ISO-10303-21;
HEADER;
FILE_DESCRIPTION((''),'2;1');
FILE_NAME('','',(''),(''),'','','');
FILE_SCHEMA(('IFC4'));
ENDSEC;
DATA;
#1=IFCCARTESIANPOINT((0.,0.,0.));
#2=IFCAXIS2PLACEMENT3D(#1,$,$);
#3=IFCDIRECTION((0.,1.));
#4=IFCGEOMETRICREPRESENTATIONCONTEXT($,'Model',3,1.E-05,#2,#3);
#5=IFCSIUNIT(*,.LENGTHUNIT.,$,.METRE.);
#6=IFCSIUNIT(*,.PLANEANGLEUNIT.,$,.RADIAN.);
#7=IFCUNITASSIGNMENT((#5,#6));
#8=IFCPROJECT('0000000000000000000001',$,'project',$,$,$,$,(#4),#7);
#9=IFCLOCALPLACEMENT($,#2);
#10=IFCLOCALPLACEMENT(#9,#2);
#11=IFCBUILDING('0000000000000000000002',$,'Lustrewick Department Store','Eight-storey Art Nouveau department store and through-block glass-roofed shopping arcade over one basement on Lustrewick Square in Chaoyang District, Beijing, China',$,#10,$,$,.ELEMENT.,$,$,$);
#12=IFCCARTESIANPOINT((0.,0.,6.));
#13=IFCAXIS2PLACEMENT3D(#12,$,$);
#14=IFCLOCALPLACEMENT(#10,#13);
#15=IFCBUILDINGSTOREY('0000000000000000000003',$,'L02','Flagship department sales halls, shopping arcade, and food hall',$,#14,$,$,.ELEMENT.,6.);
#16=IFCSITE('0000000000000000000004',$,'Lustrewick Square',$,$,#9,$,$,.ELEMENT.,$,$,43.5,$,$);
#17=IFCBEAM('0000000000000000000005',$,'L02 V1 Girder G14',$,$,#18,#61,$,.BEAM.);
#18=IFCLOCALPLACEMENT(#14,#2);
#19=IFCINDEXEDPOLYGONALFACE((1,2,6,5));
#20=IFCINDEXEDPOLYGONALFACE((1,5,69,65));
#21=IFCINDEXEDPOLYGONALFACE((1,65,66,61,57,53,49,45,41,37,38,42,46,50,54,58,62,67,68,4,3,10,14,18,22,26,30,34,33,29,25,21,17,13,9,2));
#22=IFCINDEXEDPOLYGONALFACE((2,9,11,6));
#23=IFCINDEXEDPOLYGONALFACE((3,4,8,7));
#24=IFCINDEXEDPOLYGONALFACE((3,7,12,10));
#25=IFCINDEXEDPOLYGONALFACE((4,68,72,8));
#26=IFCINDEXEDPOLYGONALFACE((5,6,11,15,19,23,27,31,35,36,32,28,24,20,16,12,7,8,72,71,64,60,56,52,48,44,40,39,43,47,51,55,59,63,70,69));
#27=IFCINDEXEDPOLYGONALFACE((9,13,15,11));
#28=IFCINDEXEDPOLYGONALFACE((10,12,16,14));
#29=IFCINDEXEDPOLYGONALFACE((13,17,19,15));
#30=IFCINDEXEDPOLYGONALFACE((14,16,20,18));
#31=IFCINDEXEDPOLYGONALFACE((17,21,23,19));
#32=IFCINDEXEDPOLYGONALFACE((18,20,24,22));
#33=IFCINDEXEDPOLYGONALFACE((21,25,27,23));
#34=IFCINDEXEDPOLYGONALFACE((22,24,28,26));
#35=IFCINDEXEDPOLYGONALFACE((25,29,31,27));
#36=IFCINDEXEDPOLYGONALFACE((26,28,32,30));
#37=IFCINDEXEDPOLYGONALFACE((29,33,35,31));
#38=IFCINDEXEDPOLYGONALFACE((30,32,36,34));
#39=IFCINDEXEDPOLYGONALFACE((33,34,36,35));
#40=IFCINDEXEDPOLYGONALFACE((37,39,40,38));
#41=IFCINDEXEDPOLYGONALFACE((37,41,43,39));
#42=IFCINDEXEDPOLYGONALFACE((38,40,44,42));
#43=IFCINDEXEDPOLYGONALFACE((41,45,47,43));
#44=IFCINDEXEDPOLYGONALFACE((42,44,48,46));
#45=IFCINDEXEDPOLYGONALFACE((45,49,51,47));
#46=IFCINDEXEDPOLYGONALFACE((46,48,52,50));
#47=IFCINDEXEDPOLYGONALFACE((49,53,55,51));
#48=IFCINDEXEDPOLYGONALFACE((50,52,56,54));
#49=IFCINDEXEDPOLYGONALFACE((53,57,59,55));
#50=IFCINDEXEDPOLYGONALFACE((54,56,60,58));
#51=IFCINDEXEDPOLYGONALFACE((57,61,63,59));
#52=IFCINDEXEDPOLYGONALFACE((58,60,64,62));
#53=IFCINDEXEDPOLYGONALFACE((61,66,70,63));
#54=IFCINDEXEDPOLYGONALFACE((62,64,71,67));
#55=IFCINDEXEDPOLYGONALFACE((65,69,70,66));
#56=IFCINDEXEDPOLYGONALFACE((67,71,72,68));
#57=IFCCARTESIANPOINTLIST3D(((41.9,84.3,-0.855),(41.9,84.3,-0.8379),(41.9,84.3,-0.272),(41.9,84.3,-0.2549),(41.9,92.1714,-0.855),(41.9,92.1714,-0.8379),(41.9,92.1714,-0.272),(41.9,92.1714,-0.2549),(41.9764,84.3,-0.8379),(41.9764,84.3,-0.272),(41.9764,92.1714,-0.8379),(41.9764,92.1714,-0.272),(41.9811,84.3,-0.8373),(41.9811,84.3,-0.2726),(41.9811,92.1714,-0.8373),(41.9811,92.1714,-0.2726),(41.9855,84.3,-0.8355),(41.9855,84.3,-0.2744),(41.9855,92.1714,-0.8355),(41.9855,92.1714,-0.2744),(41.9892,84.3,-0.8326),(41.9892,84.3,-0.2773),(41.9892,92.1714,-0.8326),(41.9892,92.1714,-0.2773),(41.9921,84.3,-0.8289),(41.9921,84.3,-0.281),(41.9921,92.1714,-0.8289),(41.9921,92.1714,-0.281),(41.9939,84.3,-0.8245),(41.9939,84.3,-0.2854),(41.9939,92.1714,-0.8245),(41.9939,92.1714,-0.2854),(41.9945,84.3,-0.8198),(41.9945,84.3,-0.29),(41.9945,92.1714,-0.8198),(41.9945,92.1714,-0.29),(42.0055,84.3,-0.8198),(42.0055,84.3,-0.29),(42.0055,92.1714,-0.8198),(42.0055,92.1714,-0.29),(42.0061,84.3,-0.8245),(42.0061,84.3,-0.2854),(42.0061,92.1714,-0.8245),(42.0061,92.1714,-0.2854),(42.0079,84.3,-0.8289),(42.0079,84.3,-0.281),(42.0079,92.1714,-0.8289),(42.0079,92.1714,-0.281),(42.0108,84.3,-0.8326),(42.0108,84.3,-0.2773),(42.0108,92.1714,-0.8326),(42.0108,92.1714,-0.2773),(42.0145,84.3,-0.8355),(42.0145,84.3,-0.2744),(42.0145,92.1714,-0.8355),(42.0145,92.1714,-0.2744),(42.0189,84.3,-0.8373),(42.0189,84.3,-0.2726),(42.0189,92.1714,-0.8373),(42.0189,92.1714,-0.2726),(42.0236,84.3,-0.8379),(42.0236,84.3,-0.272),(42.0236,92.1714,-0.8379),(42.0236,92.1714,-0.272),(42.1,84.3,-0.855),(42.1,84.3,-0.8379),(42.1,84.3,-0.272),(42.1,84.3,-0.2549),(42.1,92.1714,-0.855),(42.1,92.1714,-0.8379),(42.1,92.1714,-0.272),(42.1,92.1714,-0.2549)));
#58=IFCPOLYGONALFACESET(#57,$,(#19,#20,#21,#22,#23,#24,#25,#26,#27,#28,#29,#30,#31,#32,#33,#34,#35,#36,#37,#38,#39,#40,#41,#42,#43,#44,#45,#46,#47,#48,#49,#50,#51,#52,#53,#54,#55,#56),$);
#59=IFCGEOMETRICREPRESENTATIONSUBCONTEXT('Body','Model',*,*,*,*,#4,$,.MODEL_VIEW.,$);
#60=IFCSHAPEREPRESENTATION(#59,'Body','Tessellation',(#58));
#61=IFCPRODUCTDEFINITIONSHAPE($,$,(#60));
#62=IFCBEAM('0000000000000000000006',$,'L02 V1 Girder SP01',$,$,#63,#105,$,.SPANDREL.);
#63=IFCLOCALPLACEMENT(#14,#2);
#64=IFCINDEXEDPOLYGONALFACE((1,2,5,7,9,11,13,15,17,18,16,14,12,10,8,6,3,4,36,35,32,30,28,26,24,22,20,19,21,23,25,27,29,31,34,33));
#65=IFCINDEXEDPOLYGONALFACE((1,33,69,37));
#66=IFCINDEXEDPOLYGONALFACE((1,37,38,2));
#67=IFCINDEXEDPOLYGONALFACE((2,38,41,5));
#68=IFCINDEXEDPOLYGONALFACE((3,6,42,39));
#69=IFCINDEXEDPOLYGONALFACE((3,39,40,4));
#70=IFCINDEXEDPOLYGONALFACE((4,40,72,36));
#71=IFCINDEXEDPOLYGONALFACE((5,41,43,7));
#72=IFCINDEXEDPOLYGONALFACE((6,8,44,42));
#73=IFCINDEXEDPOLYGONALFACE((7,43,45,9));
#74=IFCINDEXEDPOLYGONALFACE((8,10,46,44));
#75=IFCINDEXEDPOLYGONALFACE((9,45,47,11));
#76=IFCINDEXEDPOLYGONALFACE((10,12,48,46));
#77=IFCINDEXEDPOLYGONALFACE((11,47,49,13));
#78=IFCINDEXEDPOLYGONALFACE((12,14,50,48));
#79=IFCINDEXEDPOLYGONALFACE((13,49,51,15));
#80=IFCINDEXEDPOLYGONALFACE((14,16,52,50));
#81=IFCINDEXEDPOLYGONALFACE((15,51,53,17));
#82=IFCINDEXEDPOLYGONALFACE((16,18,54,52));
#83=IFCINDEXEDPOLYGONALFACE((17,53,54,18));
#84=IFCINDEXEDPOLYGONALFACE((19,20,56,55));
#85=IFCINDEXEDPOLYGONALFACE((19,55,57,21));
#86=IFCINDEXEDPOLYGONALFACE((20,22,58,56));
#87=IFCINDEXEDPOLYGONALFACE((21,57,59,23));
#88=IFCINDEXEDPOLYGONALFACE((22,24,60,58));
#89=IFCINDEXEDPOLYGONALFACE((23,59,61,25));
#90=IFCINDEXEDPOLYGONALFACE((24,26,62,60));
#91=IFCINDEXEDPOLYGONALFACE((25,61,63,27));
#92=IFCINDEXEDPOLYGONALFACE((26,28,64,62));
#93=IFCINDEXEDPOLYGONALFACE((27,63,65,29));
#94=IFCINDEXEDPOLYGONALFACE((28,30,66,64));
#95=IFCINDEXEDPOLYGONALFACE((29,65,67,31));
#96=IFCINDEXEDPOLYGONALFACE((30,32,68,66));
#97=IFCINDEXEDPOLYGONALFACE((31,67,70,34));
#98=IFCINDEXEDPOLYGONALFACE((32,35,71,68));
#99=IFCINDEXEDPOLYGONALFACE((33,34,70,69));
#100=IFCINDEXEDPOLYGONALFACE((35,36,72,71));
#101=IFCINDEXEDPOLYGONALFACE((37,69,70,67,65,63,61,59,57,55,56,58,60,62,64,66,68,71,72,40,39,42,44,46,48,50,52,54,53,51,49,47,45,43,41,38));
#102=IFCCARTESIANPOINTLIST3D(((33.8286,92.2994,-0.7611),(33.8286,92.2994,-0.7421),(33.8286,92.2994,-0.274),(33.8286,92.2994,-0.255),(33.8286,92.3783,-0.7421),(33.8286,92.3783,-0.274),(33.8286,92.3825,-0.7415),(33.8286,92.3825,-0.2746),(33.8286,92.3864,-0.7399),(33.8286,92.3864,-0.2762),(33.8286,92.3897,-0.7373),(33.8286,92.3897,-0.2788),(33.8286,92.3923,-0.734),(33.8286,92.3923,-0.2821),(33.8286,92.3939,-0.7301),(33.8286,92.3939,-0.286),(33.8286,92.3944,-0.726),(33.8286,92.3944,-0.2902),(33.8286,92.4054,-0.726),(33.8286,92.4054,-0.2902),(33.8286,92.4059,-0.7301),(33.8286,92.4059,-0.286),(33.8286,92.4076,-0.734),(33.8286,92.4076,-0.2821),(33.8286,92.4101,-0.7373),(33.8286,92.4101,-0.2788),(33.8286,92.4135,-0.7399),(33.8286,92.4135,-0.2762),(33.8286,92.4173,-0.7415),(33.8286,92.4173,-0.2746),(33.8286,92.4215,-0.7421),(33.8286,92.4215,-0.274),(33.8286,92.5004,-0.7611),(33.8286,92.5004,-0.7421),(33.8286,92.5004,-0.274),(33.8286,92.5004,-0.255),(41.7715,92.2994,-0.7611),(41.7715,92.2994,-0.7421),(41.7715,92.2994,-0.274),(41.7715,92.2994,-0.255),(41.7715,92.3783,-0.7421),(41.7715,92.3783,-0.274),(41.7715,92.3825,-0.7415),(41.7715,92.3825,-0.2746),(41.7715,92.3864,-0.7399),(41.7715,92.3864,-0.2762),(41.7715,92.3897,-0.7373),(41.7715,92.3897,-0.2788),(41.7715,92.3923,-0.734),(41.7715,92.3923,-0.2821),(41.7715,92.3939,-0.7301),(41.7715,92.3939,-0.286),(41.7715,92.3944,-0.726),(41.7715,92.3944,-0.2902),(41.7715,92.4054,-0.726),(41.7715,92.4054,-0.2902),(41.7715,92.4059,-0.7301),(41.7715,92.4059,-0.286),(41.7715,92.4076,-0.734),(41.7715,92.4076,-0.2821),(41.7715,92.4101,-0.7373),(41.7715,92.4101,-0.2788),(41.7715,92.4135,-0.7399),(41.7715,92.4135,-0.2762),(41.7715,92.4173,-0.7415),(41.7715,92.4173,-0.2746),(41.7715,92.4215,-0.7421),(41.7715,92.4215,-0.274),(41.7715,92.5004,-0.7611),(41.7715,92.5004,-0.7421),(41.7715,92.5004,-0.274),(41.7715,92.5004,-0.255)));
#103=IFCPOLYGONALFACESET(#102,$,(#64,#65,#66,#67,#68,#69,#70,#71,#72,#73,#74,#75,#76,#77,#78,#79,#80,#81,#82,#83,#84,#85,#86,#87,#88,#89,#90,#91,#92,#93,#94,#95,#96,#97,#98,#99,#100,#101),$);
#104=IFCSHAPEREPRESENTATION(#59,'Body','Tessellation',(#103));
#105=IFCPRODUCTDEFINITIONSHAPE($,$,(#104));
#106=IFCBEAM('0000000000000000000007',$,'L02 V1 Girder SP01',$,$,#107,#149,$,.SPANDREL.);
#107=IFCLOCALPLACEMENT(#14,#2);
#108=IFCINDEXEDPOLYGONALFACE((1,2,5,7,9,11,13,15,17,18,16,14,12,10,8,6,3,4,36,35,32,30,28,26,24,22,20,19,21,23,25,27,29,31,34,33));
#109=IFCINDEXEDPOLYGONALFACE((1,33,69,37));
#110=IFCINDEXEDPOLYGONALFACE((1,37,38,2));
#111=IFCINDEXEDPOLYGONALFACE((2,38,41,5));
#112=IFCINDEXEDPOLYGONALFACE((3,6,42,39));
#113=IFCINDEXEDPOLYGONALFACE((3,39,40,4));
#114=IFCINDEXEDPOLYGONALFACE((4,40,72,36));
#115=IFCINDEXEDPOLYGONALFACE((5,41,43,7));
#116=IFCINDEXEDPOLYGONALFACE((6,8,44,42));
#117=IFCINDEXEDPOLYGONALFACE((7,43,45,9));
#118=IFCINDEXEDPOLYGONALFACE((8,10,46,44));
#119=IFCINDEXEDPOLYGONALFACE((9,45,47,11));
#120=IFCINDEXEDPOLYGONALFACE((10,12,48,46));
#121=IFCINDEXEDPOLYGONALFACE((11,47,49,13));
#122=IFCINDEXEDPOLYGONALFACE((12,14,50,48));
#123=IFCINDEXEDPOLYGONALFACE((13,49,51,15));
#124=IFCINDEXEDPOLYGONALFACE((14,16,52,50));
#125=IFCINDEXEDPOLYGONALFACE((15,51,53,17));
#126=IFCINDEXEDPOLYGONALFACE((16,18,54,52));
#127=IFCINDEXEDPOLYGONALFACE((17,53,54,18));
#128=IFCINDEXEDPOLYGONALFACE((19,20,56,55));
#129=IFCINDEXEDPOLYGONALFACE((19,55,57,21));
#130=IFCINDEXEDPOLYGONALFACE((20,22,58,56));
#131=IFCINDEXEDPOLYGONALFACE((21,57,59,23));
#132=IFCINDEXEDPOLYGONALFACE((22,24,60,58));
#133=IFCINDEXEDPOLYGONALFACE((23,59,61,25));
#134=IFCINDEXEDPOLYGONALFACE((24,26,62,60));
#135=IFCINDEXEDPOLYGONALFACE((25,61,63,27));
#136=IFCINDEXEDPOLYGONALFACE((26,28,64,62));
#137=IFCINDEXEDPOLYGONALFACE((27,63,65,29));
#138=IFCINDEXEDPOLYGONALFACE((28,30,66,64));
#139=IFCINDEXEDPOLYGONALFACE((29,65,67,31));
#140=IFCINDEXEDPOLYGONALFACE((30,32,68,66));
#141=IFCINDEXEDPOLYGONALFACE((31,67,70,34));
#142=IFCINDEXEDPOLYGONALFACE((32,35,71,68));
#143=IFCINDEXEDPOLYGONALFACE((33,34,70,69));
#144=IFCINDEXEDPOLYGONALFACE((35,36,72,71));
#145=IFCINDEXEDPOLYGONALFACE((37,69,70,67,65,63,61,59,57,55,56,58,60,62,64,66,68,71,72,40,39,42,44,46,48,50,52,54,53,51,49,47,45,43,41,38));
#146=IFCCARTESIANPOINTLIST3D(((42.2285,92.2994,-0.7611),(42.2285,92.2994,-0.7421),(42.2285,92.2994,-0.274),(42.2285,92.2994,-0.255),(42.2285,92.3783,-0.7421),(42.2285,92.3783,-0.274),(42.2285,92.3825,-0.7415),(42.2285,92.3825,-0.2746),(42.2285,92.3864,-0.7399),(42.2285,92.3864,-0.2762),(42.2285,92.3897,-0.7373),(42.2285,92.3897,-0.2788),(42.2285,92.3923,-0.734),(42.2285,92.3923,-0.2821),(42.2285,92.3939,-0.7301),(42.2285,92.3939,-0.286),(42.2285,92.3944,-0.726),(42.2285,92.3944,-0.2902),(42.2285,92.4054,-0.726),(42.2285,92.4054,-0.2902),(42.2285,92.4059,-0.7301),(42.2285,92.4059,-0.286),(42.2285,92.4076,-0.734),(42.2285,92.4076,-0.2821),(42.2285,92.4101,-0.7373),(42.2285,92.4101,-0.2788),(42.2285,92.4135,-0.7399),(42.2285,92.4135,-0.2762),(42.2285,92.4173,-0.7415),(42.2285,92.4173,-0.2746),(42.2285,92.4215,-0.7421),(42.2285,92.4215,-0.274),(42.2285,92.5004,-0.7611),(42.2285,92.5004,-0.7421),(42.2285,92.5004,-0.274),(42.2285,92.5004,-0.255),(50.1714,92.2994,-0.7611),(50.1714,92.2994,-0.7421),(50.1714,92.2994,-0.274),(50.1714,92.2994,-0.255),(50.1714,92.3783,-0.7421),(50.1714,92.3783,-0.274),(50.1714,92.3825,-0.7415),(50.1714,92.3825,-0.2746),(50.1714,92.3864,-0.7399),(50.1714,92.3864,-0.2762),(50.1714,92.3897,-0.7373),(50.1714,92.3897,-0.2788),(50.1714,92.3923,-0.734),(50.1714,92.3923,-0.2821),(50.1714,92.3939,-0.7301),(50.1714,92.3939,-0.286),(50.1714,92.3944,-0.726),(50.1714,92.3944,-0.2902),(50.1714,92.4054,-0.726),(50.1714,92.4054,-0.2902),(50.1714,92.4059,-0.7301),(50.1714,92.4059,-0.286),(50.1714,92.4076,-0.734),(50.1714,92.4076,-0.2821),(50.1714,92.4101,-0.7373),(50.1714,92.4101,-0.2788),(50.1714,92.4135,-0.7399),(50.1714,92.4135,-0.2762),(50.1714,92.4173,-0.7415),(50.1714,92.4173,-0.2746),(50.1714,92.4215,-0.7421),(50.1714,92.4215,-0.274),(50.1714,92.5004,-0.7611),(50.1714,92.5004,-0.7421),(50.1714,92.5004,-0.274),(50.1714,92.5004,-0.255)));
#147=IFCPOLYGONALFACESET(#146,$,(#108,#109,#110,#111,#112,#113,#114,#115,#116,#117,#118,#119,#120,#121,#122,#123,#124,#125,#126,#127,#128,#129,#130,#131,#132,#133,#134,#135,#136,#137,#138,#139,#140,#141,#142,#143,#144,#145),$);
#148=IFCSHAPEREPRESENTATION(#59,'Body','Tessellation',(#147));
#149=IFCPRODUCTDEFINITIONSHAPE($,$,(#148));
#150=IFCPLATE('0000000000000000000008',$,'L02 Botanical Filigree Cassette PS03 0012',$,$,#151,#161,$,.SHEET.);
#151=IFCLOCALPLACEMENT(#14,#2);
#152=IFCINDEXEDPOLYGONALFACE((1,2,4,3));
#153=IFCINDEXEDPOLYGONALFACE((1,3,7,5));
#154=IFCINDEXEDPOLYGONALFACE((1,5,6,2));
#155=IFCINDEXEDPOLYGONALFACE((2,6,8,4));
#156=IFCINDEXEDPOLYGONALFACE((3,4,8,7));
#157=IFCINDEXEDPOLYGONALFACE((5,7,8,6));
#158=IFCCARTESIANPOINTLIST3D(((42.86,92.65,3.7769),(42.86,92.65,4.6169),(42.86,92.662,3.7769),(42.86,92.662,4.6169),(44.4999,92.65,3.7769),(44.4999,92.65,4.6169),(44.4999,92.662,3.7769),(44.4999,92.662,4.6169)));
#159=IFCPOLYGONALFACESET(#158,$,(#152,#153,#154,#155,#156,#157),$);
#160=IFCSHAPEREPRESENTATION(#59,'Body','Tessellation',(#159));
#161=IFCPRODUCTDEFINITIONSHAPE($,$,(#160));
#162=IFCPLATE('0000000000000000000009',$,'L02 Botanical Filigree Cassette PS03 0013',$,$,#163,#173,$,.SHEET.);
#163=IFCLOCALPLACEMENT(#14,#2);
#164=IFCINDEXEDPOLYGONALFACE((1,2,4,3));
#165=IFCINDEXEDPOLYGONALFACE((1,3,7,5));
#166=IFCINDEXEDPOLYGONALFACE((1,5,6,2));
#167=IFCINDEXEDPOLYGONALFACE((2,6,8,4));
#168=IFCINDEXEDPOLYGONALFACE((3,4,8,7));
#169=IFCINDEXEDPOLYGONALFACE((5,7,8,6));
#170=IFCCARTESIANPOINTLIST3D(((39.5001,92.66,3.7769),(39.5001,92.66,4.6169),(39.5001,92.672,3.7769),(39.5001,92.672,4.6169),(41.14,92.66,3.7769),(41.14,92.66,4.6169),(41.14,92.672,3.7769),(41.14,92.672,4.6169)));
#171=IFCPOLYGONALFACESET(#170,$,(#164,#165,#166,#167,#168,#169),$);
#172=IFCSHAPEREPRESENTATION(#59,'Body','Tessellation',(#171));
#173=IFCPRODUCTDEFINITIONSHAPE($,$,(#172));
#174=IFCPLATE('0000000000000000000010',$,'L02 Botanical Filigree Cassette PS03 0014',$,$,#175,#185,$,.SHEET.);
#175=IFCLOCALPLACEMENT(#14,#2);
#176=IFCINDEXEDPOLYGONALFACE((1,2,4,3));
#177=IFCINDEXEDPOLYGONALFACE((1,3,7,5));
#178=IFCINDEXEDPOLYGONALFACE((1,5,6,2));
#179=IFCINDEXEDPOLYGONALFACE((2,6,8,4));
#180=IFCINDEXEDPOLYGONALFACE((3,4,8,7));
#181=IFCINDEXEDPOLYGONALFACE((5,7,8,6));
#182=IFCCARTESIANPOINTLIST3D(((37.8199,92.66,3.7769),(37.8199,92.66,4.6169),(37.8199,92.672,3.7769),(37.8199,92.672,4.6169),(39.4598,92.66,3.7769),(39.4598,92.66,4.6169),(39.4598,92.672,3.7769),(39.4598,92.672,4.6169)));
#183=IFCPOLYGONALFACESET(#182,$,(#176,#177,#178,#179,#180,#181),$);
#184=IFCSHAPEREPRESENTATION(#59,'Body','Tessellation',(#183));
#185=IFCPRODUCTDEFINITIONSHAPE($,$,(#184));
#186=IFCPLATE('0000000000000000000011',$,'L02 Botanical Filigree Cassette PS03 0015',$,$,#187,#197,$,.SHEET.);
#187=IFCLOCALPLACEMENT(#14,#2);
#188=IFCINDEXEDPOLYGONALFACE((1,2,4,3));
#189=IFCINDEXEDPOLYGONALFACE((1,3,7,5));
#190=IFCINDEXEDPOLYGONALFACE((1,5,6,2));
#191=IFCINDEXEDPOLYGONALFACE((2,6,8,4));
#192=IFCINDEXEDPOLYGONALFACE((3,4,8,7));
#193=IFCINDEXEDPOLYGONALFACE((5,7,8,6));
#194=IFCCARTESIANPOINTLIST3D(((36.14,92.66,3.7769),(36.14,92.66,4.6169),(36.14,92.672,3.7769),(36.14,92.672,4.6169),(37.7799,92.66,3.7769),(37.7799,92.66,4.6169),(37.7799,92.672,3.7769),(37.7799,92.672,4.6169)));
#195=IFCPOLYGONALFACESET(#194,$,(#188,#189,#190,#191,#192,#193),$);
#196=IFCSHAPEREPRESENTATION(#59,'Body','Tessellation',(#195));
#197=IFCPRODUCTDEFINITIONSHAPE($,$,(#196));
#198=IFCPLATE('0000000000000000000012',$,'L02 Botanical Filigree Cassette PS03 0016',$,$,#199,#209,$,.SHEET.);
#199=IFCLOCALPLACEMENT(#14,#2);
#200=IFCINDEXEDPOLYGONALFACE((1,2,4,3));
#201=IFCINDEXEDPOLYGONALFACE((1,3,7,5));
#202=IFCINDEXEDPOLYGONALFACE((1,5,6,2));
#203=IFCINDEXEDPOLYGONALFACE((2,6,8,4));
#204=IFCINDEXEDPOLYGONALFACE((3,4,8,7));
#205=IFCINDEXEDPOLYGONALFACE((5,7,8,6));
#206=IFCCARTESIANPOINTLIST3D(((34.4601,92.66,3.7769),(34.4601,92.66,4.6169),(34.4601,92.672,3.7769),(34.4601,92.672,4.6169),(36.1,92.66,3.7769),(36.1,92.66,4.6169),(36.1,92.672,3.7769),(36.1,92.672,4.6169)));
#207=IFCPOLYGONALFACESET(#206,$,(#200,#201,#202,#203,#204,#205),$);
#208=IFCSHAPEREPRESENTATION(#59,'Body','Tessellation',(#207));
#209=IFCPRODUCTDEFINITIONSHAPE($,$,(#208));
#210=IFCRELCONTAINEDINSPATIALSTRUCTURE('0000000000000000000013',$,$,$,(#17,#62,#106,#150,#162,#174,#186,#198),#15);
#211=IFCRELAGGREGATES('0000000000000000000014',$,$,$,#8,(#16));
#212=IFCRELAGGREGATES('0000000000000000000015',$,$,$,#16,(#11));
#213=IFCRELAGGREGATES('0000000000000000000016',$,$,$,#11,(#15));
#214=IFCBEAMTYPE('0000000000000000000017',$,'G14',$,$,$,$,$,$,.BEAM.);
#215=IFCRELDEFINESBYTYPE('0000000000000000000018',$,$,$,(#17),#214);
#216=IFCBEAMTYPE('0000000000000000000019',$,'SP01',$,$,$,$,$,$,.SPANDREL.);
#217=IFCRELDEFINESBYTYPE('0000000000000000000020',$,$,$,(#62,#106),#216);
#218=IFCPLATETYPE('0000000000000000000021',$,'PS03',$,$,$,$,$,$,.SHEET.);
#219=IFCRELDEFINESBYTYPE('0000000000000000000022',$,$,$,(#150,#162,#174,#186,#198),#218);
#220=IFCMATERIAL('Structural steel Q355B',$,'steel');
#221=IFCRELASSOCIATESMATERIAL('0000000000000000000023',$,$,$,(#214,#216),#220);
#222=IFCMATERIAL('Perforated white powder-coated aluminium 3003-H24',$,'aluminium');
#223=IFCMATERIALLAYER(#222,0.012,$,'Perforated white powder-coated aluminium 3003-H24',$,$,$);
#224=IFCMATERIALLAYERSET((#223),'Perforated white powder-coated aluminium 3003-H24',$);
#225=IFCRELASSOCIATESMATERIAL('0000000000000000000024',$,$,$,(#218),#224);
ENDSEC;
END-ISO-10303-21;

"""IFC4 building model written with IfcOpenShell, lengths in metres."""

from ifc_helpers import new_model, si_unit, direction, frame, origin, origin_2d, place, context, subcontext, project, spatial, rectangle, i_section, extrude, material, layer, layer_set, material_profile, profile_set, type_object, element, save


model = new_model("IFC4")

# Units and contexts
model_context = context("Model", 3, precision=1e-05, world=origin(), true_north=direction((0.0, 1.0)))
body_context = subcontext(model_context, "Body", "Model", "MODEL_VIEW")
ifc_project = project(units=[si_unit("LENGTHUNIT", "METRE"), si_unit("PLANEANGLEUNIT", "RADIAN")], contexts=[model_context])

# Site, building, storey
site_placement = place(None, origin())
site = spatial("IfcSite", under=ifc_project, at=site_placement, Name="Lustrewick Square", CompositionType="ELEMENT", RefElevation=43.5)
building_placement = place(site_placement, origin())
building = spatial("IfcBuilding", under=site, at=building_placement, Name="Lustrewick Department Store", Description="Eight-storey Art Nouveau department store and through-block glass-roofed shopping arcade over one basement on Lustrewick Square in Chaoyang District, Beijing, China", CompositionType="ELEMENT")
storey_placement = place(building_placement, frame((0.0, 0.0, 6.0)))
storey = spatial("IfcBuildingStorey", under=building, at=storey_placement, Name="L02", Description="Flagship department sales halls, shopping arcade, and food hall", CompositionType="ELEMENT", Elevation=6.0)

# Shared definitions
ifc_material_1 = material(Name="Structural steel Q355B", Category="steel")

# Beams
ifc_material_profile_1 = material_profile(ifc_material_1, i_section(OverallWidth=0.2, OverallDepth=0.6001, WebThickness=0.011, FlangeThickness=0.0171, FilletRadius=0.0181, at=origin_2d()), Name="HN 600x200x11x17")
ifc_profile_set_1 = profile_set([ifc_material_profile_1], Name="Structural steel Q355B")
beam_type_1 = type_object("IfcBeamType", Name="G14", PredefinedType="BEAM", material=ifc_profile_set_1)
beam_1_placement = place(storey_placement, frame((42.0, 84.3, -0.5549), z_axis=(0.0, 1.0, 0.0), x_axis=(-1.0, 0.0, 0.0)))
element("IfcBeam", 1, at=beam_1_placement, inside=storey, type_object=beam_type_1, Name="L02 V1 Girder G14", PredefinedType="BEAM", context=body_context, shape_type="SweptSolid", body=[
    extrude(i_section(OverallWidth=0.2, OverallDepth=0.6001, WebThickness=0.011, FlangeThickness=0.0171, FilletRadius=0.0181, at=origin_2d()), origin(), (0.0, 0.0, 1.0), 7.8713),
])
ifc_material_profile_2 = material_profile(ifc_material_1, i_section(OverallWidth=0.2009, OverallDepth=0.5061, WebThickness=0.011, FlangeThickness=0.019, FilletRadius=0.0161, at=origin_2d()), Name="HN 506x201x11x19")
ifc_profile_set_2 = profile_set([ifc_material_profile_2], Name="Structural steel Q355B")
beam_type_2 = type_object("IfcBeamType", Name="SP01", PredefinedType="SPANDREL", material=ifc_profile_set_2)
for number, where, z_axis, x_axis, name in (
    (2, (33.8286, 92.3999, -0.5081), (1.0, 0.0, 0.0), (0.0, 1.0, 0.0), "L02 V1 Girder SP01"),
    (3, (42.2285, 92.3999, -0.5081), (1.0, 0.0, 0.0), (0.0, 1.0, 0.0), "L02 V1 Girder SP01"),
):
    element("IfcBeam", number, at=place(storey_placement, frame(where, z_axis=z_axis, x_axis=x_axis)), inside=storey, type_object=beam_type_2, Name=name, PredefinedType="SPANDREL", context=body_context, shape_type="SweptSolid", body=[
        extrude(i_section(OverallWidth=0.2009, OverallDepth=0.5061, WebThickness=0.011, FlangeThickness=0.019, FilletRadius=0.0161, at=origin_2d()), origin(), (0.0, 0.0, 1.0), 7.9429),
    ])

# Plates
ifc_material_2 = material(Name="Perforated white powder-coated aluminium 3003-H24", Category="aluminium")
ifc_layer_1 = layer(ifc_material_2, 0.012, Name="Perforated white powder-coated aluminium 3003-H24")
ifc_layer_set_1 = layer_set([ifc_layer_1], Name="Perforated white powder-coated aluminium 3003-H24")
plate_type = type_object("IfcPlateType", Name="PS03", PredefinedType="SHEET", material=ifc_layer_set_1)
for number, where, z_axis, x_axis, name in (
    (4, (43.6799, 92.656, 3.7769), (0.0, 0.0, 1.0), (-1.0, 0.0, 0.0), "L02 Botanical Filigree Cassette PS03 0012"),
    (5, (40.3201, 92.666, 3.7769), (0.0, 0.0, 1.0), (-1.0, 0.0, 0.0), "L02 Botanical Filigree Cassette PS03 0013"),
    (6, (38.6399, 92.666, 3.7769), (0.0, 0.0, 1.0), (-1.0, 0.0, 0.0), "L02 Botanical Filigree Cassette PS03 0014"),
    (7, (36.96, 92.666, 3.7769), (0.0, 0.0, 1.0), (-1.0, 0.0, 0.0), "L02 Botanical Filigree Cassette PS03 0015"),
    (8, (35.28, 92.666, 3.7769), (0.0, 0.0, 1.0), (-1.0, 0.0, 0.0), "L02 Botanical Filigree Cassette PS03 0016"),
):
    element("IfcPlate", number, at=place(storey_placement, frame(where, z_axis=z_axis, x_axis=x_axis)), inside=storey, type_object=plate_type, Name=name, PredefinedType="SHEET", context=body_context, shape_type="SweptSolid", body=[
        extrude(rectangle(XDim=1.6399, YDim=0.012, at=origin_2d()), origin(), (0.0, 0.0, 1.0), 0.8401),
    ])

save(model, "model.ifc")
